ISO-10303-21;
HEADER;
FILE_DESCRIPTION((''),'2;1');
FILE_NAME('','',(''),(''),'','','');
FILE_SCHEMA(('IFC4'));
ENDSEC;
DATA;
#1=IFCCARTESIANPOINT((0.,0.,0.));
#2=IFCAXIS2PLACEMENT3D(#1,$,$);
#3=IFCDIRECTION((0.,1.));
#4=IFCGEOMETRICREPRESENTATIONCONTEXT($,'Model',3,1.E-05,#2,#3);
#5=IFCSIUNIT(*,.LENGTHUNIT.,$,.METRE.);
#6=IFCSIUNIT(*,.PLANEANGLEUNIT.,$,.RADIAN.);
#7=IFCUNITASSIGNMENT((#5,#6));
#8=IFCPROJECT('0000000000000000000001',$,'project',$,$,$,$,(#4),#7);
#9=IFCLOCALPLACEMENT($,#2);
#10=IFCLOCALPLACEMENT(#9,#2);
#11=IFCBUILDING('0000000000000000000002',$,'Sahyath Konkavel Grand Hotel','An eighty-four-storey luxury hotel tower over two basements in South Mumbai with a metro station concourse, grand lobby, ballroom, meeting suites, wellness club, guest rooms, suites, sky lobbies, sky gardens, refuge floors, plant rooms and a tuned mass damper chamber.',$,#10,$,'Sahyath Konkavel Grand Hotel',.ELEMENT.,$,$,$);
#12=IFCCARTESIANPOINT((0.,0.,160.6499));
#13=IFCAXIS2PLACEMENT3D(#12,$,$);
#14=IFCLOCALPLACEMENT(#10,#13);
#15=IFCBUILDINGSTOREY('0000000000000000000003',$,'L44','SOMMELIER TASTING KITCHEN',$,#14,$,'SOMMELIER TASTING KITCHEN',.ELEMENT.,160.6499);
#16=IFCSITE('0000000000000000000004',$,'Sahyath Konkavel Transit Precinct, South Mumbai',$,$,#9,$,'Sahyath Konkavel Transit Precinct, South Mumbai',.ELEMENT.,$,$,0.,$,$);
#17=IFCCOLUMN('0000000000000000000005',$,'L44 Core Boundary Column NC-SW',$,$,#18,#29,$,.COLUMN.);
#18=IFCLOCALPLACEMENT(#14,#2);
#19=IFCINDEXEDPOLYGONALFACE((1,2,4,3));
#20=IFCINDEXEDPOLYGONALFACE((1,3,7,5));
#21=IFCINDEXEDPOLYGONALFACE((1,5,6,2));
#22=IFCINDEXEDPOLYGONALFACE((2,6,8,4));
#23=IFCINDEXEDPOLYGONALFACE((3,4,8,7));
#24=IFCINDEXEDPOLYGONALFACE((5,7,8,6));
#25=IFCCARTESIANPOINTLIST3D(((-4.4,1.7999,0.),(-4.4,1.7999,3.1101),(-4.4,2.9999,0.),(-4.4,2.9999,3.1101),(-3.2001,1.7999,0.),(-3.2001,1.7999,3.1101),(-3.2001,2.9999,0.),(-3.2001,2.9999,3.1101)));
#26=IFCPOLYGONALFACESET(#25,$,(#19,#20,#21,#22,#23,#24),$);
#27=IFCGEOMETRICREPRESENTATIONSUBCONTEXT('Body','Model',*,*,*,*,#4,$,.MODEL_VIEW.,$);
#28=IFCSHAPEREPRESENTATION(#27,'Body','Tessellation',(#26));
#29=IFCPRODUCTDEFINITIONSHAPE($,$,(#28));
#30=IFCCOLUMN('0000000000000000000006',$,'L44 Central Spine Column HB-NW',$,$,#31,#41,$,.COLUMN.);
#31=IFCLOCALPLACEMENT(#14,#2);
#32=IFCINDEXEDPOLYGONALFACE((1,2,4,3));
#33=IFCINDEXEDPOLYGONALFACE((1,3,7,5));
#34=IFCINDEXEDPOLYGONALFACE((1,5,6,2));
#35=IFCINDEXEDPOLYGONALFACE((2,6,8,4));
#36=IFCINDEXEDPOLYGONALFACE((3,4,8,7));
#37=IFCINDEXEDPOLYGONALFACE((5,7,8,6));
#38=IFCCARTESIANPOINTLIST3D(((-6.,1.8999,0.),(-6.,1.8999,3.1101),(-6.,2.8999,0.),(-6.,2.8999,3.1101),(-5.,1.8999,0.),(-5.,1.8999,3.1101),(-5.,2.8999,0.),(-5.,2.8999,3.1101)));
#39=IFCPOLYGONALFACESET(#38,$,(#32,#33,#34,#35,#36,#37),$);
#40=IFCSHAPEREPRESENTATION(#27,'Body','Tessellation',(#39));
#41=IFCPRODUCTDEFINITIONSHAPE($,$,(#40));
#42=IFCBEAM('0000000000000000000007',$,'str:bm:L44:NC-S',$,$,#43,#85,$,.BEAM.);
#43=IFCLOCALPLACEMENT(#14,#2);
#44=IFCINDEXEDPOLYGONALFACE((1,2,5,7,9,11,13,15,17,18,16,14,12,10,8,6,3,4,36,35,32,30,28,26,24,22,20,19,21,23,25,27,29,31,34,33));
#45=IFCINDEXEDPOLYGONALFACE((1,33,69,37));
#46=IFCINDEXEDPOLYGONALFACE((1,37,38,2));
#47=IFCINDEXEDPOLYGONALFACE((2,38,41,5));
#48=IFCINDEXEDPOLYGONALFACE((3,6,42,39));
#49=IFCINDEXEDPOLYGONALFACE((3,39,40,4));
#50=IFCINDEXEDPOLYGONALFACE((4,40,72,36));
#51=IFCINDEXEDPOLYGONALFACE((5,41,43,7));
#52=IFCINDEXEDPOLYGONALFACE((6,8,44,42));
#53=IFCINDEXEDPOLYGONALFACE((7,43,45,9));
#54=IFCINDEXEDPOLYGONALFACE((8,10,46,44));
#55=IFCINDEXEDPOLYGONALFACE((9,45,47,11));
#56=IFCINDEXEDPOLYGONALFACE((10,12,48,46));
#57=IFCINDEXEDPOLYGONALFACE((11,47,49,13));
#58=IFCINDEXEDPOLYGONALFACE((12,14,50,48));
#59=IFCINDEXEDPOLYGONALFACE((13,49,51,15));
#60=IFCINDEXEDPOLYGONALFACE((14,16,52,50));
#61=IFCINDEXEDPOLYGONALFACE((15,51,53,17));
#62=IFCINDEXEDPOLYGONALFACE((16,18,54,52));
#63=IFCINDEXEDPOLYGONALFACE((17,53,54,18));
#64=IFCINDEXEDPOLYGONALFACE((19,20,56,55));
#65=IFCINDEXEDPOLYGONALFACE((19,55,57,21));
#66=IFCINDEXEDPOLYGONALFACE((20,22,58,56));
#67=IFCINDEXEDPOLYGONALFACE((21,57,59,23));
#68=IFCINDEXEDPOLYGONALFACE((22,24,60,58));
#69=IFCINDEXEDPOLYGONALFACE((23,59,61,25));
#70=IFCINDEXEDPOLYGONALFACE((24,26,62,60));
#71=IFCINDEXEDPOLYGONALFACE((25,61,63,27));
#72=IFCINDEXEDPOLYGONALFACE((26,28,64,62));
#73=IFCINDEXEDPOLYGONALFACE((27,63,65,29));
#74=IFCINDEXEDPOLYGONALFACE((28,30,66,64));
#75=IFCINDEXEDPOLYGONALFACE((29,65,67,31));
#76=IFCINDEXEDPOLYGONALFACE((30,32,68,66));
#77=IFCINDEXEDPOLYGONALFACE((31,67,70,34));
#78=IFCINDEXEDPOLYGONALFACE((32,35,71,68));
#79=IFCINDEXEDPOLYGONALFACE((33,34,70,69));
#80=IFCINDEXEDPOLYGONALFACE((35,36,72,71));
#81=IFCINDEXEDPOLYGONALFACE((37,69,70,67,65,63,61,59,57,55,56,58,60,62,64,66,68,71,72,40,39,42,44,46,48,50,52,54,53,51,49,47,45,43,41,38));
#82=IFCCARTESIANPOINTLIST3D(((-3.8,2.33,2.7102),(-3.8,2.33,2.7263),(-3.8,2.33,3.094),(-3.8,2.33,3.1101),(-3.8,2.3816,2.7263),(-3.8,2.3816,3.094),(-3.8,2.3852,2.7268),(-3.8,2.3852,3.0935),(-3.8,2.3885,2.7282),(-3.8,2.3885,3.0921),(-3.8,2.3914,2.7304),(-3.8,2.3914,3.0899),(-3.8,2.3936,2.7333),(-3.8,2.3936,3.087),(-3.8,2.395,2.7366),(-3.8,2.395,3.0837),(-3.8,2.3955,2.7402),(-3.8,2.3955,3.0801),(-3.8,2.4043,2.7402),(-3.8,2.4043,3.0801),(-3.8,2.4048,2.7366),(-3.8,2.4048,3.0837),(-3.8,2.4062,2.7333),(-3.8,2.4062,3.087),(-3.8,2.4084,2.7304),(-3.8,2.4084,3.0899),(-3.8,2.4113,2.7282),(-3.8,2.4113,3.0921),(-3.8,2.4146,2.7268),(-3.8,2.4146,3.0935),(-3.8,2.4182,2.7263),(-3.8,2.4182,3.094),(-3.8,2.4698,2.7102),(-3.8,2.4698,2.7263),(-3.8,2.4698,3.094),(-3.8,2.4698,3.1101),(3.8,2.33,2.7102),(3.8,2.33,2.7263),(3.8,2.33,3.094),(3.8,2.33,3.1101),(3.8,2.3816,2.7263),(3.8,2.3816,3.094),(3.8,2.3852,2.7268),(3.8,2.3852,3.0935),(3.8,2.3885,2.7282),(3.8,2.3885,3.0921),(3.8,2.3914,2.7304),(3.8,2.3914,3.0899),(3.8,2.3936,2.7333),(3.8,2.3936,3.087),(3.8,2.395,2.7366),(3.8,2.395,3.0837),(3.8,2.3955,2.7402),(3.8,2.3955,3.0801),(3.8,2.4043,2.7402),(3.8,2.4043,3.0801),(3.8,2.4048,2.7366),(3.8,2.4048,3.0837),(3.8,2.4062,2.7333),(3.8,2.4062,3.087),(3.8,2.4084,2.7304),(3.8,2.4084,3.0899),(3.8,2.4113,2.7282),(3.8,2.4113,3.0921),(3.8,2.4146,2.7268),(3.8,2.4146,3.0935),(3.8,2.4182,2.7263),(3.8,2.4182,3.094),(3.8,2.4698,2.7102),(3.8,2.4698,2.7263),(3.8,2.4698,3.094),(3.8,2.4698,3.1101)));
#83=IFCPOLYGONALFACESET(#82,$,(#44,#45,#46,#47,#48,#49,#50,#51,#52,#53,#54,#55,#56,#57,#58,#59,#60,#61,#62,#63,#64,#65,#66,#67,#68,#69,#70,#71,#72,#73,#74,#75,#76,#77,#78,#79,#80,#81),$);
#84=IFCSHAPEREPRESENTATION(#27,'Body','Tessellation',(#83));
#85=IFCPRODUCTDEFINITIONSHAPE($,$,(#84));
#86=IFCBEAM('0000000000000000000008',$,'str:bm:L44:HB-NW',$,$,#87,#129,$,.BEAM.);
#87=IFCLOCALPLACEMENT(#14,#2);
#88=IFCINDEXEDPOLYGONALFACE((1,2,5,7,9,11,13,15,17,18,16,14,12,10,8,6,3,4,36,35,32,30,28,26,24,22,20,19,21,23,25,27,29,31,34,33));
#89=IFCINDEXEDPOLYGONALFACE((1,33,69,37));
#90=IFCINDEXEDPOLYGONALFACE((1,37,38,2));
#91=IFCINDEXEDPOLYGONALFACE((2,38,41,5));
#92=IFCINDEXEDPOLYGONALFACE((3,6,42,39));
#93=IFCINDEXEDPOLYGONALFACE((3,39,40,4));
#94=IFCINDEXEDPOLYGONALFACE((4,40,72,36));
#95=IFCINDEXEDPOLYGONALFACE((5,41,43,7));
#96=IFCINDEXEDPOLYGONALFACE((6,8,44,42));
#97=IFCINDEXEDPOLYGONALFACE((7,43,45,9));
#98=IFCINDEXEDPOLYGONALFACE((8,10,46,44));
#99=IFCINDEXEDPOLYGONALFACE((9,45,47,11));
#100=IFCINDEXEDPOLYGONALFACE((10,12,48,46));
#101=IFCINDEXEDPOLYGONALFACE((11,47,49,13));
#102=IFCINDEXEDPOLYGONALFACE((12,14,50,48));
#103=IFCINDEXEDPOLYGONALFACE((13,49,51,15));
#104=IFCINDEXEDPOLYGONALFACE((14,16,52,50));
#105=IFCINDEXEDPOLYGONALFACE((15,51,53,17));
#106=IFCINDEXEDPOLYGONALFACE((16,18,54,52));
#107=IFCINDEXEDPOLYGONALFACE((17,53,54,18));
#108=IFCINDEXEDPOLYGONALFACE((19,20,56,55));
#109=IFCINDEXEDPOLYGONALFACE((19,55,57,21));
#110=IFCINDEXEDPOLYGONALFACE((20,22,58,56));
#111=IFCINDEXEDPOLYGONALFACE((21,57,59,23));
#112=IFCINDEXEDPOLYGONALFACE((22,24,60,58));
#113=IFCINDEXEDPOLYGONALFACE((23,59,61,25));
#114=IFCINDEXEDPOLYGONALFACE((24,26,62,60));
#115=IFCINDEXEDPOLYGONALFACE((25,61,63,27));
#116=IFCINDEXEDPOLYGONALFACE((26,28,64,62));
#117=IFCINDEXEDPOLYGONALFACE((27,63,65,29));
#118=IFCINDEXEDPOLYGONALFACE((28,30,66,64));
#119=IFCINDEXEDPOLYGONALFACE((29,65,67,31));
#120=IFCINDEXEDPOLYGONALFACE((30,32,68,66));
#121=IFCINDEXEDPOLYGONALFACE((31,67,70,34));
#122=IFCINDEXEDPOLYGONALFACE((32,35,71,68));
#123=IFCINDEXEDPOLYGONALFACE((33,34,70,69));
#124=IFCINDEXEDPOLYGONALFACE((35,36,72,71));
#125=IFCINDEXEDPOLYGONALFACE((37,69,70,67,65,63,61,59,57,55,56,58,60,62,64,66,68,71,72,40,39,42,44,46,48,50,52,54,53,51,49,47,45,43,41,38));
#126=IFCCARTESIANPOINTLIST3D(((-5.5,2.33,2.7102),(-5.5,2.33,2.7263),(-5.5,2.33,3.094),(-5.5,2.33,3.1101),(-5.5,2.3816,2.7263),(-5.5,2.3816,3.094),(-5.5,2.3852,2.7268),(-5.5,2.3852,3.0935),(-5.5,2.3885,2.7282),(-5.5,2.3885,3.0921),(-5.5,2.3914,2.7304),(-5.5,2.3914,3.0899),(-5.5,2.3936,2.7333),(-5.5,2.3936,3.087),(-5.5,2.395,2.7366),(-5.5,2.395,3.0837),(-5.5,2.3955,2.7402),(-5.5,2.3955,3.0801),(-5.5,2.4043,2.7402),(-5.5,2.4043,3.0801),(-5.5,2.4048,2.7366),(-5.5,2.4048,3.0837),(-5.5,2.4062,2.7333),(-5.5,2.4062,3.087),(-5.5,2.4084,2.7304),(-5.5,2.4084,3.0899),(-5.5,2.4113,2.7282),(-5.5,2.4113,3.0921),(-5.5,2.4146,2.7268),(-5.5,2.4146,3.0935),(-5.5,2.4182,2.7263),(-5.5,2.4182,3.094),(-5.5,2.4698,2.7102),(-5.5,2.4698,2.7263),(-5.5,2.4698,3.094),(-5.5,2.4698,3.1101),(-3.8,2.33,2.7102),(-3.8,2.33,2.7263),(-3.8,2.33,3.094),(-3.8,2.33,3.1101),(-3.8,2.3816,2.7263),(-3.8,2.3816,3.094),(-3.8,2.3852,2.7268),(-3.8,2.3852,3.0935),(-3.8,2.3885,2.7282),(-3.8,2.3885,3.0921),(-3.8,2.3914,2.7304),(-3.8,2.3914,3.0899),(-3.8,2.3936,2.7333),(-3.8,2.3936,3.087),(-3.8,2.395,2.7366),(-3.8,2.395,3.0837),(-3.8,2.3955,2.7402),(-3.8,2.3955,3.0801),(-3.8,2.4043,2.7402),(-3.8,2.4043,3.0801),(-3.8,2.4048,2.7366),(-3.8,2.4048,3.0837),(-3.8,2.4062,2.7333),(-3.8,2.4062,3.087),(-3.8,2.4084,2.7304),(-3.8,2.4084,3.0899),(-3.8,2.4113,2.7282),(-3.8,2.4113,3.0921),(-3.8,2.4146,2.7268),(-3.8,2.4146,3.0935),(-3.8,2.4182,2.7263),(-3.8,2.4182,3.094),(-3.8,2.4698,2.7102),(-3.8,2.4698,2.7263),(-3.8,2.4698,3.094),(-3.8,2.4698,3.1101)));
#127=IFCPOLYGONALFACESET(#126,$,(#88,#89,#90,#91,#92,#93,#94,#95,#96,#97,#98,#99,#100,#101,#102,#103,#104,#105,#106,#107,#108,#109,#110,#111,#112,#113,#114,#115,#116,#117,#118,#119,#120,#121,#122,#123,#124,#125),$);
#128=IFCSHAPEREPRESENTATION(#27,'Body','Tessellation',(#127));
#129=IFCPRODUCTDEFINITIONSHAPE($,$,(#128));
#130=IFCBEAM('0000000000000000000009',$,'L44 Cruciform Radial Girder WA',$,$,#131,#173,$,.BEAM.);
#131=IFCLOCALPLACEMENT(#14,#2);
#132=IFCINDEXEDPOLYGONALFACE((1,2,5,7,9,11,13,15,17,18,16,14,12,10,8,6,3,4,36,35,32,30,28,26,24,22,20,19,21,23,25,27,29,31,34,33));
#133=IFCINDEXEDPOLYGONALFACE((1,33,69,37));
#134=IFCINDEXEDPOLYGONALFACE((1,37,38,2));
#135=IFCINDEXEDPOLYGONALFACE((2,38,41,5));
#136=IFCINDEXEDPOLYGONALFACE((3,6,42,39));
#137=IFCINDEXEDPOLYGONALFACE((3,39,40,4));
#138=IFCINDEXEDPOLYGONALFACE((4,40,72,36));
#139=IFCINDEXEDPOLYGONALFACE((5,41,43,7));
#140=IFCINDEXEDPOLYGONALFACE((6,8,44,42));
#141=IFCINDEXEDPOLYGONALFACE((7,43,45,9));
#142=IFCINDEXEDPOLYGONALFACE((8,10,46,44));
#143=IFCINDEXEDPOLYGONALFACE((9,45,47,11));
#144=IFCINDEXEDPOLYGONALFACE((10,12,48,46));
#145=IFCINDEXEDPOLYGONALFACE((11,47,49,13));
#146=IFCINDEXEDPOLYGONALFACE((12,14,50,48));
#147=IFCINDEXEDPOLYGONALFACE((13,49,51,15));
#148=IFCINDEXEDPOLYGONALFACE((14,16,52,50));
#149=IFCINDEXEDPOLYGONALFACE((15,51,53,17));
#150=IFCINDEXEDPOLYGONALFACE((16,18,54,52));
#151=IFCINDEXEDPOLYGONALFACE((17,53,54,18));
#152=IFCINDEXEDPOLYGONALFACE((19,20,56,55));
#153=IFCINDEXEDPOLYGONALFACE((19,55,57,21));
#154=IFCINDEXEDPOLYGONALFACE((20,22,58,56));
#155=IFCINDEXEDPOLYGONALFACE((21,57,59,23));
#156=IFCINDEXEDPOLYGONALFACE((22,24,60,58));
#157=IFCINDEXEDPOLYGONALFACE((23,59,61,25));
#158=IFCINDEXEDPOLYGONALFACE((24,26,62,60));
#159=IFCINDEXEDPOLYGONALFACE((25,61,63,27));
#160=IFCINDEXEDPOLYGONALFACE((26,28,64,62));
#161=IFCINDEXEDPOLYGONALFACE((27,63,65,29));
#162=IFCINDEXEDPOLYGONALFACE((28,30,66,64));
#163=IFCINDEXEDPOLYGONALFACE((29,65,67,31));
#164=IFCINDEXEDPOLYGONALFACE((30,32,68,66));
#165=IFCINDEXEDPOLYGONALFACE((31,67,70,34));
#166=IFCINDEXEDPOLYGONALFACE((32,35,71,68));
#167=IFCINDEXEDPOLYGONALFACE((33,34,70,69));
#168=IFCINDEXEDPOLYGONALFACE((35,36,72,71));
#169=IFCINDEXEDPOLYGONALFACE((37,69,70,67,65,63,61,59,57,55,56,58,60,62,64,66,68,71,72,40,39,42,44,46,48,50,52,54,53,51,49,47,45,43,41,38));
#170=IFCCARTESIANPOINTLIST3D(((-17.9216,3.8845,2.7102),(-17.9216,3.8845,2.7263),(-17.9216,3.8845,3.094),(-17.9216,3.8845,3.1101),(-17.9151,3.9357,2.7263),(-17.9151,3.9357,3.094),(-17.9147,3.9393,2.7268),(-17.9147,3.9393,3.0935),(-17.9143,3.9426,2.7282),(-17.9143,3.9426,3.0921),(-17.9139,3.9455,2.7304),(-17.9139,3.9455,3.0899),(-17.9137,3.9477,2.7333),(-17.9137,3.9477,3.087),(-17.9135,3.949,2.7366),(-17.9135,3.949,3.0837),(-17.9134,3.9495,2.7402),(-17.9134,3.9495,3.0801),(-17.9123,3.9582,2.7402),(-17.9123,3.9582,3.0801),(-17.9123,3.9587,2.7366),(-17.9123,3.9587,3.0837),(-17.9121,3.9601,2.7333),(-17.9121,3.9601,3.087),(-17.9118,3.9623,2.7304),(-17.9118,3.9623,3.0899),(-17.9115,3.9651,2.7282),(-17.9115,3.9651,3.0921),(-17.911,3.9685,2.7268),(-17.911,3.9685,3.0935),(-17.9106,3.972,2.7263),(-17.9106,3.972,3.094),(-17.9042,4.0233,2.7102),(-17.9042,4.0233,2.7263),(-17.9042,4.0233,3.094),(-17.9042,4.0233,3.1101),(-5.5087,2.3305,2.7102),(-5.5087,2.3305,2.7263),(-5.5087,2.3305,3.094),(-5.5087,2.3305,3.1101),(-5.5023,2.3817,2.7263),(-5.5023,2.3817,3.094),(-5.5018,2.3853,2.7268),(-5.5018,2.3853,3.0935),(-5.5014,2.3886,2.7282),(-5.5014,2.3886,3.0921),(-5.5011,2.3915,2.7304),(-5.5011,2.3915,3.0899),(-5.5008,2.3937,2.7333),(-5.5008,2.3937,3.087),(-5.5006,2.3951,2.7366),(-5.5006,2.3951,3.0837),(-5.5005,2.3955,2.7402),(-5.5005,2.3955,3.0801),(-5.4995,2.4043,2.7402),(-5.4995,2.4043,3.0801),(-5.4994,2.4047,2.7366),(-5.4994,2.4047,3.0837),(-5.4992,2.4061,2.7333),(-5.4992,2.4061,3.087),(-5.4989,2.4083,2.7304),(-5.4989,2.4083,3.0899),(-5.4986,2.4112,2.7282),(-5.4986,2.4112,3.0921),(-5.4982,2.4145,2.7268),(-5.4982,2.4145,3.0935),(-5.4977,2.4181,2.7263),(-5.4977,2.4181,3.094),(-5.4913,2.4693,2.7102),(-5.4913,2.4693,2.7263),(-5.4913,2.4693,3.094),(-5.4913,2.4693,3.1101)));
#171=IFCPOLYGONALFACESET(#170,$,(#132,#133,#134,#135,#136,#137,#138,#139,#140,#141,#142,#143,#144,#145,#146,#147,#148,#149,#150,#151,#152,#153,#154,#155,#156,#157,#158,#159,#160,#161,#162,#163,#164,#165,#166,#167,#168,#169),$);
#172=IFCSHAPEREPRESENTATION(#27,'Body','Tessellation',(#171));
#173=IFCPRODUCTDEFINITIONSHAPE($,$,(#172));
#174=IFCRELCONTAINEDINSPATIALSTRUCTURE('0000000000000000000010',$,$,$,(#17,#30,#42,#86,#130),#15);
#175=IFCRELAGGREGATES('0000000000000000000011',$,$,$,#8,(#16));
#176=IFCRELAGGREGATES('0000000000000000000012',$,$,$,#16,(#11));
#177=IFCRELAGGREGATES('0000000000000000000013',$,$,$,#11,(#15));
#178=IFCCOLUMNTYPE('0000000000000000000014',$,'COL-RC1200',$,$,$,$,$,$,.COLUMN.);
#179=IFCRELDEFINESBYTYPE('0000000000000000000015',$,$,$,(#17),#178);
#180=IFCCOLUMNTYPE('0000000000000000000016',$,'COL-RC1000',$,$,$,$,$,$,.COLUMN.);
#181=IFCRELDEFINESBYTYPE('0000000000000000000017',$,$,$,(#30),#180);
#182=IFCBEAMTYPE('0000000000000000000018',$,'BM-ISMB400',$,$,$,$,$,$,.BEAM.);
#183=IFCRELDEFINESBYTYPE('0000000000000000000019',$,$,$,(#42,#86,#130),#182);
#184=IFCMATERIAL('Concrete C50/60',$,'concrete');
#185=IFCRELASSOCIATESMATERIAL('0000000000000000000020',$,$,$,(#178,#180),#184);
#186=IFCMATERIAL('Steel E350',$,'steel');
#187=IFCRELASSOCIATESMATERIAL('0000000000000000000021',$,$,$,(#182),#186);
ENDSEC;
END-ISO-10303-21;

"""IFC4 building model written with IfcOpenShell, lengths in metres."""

from ifc_helpers import new_model, si_unit, direction, frame, origin, origin_2d, place, context, subcontext, project, spatial, rectangle, i_section, extrude, source, transform, mapped, material, material_profile, profile_set, type_object, element, save


model = new_model("IFC4")

# Units and contexts
model_context = context("Model", 3, precision=1e-05, world=origin(), true_north=direction((0.0, 1.0)))
body_context = subcontext(model_context, "Body", "Model", "MODEL_VIEW")
ifc_project = project(units=[si_unit("LENGTHUNIT", "METRE"), si_unit("PLANEANGLEUNIT", "RADIAN")], contexts=[model_context])

# Site, building, storey
site_placement = place(None, origin())
site = spatial("IfcSite", under=ifc_project, at=site_placement, Name="Sahyath Konkavel Transit Precinct, South Mumbai", LongName="Sahyath Konkavel Transit Precinct, South Mumbai", CompositionType="ELEMENT", RefElevation=0.0)
building_placement = place(site_placement, origin())
building = spatial("IfcBuilding", under=site, at=building_placement, Name="Sahyath Konkavel Grand Hotel", Description="An eighty-four-storey luxury hotel tower over two basements in South Mumbai with a metro station concourse, grand lobby, ballroom, meeting suites, wellness club, guest rooms, suites, sky lobbies, sky gardens, refuge floors, plant rooms and a tuned mass damper chamber.", LongName="Sahyath Konkavel Grand Hotel", CompositionType="ELEMENT")
storey_placement = place(building_placement, frame((0.0, 0.0, 160.6499)))
storey = spatial("IfcBuildingStorey", under=building, at=storey_placement, Name="L44", Description="SOMMELIER TASTING KITCHEN", LongName="SOMMELIER TASTING KITCHEN", CompositionType="ELEMENT", Elevation=160.6499)

# Columns
ifc_material_1 = material(Name="Concrete C50/60", Category="concrete")
ifc_material_profile_1 = material_profile(ifc_material_1, rectangle(XDim=1.2, YDim=1.2, at=origin_2d()), Name="RC 1200x1200")
ifc_profile_set_1 = profile_set([ifc_material_profile_1], Name="Concrete C50/60")
column_type_1 = type_object("IfcColumnType", Name="COL-RC1200", PredefinedType="COLUMN", material=ifc_profile_set_1)
shared_shape_1 = source(origin(), body_context, "Body", "SweptSolid", [
    extrude(rectangle(XDim=1.2, YDim=1.2, at=origin_2d()), origin(), (0.0, 0.0, 1.0), 3.1101),
])
column_1_placement = place(storey_placement, frame((-3.8, 2.3999, 0.0), z_axis=(0.0, 0.0, 1.0), x_axis=(1.0, 0.0, 0.0)))
element("IfcColumn", 1, at=column_1_placement, inside=storey, type_object=column_type_1, Name="L44 Core Boundary Column NC-SW", PredefinedType="COLUMN", context=body_context, shape_type="MappedRepresentation", body=[
    mapped(shared_shape_1, transform((0.0, 0.0, 0.0), scale=1.0)),
])
ifc_material_profile_2 = material_profile(ifc_material_1, rectangle(XDim=1.0, YDim=1.0, at=origin_2d()), Name="RC 1000x1000")
ifc_profile_set_2 = profile_set([ifc_material_profile_2], Name="Concrete C50/60")
column_type_2 = type_object("IfcColumnType", Name="COL-RC1000", PredefinedType="COLUMN", material=ifc_profile_set_2)
shared_shape_2 = source(origin(), body_context, "Body", "SweptSolid", [
    extrude(rectangle(XDim=1.0, YDim=1.0, at=origin_2d()), origin(), (0.0, 0.0, 1.0), 3.1101),
])
column_2_placement = place(storey_placement, frame((-5.5, 2.3999, 0.0), z_axis=(0.0, 0.0, 1.0), x_axis=(1.0, 0.0, 0.0)))
element("IfcColumn", 2, at=column_2_placement, inside=storey, type_object=column_type_2, Name="L44 Central Spine Column HB-NW", PredefinedType="COLUMN", context=body_context, shape_type="MappedRepresentation", body=[
    mapped(shared_shape_2, transform((0.0, 0.0, 0.0), scale=1.0)),
])

# Beams
ifc_material_2 = material(Name="Steel E350", Category="steel")
ifc_material_profile_3 = material_profile(ifc_material_2, i_section(OverallWidth=0.1399, OverallDepth=0.3999, WebThickness=0.0088, FlangeThickness=0.0161, FilletRadius=0.0139, at=origin_2d()), Name="ISMB 400")
ifc_profile_set_3 = profile_set([ifc_material_profile_3], Name="Steel E350")
beam_type_1 = type_object("IfcBeamType", Name="BM-ISMB400", PredefinedType="BEAM", material=ifc_profile_set_3)
shared_shape_3 = source(origin(), body_context, "Body", "SweptSolid", [
    extrude(i_section(OverallWidth=0.1399, OverallDepth=0.3999, WebThickness=0.0088, FlangeThickness=0.0161, FilletRadius=0.0139, at=origin_2d()), origin(), (0.0, 0.0, 1.0), 7.6001),
])
beam_1_placement = place(storey_placement, frame((-3.8, 2.3999, 2.9102), z_axis=(1.0, 0.0, 0.0), x_axis=(0.0, 1.0, 0.0)))
element("IfcBeam", 3, at=beam_1_placement, inside=storey, type_object=beam_type_1, Name="str:bm:L44:NC-S", PredefinedType="BEAM", context=body_context, shape_type="MappedRepresentation", body=[
    mapped(shared_shape_3, transform((0.0, 0.0, 0.0), scale=1.0)),
])
shared_shape_4 = source(origin(), body_context, "Body", "SweptSolid", [
    extrude(i_section(OverallWidth=0.1399, OverallDepth=0.3999, WebThickness=0.0088, FlangeThickness=0.0161, FilletRadius=0.0139, at=origin_2d()), origin(), (0.0, 0.0, 1.0), 1.7),
])
beam_2_placement = place(storey_placement, frame((-5.5, 2.3999, 2.9102), z_axis=(1.0, 0.0, 0.0), x_axis=(0.0, 1.0, 0.0)))
element("IfcBeam", 4, at=beam_2_placement, inside=storey, type_object=beam_type_1, Name="str:bm:L44:HB-NW", PredefinedType="BEAM", context=body_context, shape_type="MappedRepresentation", body=[
    mapped(shared_shape_4, transform((0.0, 0.0, 0.0), scale=1.0)),
])
shared_shape_5 = source(origin(), body_context, "Body", "SweptSolid", [
    extrude(i_section(OverallWidth=0.1399, OverallDepth=0.3999, WebThickness=0.0088, FlangeThickness=0.0161, FilletRadius=0.0139, at=origin_2d()), origin(), (0.0, 0.0, 1.0), 12.5098),
])
beam_3_placement = place(storey_placement, frame((-5.5, 2.3999, 2.9102), z_axis=(-0.992255, 0.12422, 0.0), x_axis=(-0.12422, -0.992255, 0.0)))
element("IfcBeam", 5, at=beam_3_placement, inside=storey, type_object=beam_type_1, Name="L44 Cruciform Radial Girder WA", PredefinedType="BEAM", context=body_context, shape_type="MappedRepresentation", body=[
    mapped(shared_shape_5, transform((0.0, 0.0, 0.0), scale=1.0)),
])

save(model, "model.ifc")
